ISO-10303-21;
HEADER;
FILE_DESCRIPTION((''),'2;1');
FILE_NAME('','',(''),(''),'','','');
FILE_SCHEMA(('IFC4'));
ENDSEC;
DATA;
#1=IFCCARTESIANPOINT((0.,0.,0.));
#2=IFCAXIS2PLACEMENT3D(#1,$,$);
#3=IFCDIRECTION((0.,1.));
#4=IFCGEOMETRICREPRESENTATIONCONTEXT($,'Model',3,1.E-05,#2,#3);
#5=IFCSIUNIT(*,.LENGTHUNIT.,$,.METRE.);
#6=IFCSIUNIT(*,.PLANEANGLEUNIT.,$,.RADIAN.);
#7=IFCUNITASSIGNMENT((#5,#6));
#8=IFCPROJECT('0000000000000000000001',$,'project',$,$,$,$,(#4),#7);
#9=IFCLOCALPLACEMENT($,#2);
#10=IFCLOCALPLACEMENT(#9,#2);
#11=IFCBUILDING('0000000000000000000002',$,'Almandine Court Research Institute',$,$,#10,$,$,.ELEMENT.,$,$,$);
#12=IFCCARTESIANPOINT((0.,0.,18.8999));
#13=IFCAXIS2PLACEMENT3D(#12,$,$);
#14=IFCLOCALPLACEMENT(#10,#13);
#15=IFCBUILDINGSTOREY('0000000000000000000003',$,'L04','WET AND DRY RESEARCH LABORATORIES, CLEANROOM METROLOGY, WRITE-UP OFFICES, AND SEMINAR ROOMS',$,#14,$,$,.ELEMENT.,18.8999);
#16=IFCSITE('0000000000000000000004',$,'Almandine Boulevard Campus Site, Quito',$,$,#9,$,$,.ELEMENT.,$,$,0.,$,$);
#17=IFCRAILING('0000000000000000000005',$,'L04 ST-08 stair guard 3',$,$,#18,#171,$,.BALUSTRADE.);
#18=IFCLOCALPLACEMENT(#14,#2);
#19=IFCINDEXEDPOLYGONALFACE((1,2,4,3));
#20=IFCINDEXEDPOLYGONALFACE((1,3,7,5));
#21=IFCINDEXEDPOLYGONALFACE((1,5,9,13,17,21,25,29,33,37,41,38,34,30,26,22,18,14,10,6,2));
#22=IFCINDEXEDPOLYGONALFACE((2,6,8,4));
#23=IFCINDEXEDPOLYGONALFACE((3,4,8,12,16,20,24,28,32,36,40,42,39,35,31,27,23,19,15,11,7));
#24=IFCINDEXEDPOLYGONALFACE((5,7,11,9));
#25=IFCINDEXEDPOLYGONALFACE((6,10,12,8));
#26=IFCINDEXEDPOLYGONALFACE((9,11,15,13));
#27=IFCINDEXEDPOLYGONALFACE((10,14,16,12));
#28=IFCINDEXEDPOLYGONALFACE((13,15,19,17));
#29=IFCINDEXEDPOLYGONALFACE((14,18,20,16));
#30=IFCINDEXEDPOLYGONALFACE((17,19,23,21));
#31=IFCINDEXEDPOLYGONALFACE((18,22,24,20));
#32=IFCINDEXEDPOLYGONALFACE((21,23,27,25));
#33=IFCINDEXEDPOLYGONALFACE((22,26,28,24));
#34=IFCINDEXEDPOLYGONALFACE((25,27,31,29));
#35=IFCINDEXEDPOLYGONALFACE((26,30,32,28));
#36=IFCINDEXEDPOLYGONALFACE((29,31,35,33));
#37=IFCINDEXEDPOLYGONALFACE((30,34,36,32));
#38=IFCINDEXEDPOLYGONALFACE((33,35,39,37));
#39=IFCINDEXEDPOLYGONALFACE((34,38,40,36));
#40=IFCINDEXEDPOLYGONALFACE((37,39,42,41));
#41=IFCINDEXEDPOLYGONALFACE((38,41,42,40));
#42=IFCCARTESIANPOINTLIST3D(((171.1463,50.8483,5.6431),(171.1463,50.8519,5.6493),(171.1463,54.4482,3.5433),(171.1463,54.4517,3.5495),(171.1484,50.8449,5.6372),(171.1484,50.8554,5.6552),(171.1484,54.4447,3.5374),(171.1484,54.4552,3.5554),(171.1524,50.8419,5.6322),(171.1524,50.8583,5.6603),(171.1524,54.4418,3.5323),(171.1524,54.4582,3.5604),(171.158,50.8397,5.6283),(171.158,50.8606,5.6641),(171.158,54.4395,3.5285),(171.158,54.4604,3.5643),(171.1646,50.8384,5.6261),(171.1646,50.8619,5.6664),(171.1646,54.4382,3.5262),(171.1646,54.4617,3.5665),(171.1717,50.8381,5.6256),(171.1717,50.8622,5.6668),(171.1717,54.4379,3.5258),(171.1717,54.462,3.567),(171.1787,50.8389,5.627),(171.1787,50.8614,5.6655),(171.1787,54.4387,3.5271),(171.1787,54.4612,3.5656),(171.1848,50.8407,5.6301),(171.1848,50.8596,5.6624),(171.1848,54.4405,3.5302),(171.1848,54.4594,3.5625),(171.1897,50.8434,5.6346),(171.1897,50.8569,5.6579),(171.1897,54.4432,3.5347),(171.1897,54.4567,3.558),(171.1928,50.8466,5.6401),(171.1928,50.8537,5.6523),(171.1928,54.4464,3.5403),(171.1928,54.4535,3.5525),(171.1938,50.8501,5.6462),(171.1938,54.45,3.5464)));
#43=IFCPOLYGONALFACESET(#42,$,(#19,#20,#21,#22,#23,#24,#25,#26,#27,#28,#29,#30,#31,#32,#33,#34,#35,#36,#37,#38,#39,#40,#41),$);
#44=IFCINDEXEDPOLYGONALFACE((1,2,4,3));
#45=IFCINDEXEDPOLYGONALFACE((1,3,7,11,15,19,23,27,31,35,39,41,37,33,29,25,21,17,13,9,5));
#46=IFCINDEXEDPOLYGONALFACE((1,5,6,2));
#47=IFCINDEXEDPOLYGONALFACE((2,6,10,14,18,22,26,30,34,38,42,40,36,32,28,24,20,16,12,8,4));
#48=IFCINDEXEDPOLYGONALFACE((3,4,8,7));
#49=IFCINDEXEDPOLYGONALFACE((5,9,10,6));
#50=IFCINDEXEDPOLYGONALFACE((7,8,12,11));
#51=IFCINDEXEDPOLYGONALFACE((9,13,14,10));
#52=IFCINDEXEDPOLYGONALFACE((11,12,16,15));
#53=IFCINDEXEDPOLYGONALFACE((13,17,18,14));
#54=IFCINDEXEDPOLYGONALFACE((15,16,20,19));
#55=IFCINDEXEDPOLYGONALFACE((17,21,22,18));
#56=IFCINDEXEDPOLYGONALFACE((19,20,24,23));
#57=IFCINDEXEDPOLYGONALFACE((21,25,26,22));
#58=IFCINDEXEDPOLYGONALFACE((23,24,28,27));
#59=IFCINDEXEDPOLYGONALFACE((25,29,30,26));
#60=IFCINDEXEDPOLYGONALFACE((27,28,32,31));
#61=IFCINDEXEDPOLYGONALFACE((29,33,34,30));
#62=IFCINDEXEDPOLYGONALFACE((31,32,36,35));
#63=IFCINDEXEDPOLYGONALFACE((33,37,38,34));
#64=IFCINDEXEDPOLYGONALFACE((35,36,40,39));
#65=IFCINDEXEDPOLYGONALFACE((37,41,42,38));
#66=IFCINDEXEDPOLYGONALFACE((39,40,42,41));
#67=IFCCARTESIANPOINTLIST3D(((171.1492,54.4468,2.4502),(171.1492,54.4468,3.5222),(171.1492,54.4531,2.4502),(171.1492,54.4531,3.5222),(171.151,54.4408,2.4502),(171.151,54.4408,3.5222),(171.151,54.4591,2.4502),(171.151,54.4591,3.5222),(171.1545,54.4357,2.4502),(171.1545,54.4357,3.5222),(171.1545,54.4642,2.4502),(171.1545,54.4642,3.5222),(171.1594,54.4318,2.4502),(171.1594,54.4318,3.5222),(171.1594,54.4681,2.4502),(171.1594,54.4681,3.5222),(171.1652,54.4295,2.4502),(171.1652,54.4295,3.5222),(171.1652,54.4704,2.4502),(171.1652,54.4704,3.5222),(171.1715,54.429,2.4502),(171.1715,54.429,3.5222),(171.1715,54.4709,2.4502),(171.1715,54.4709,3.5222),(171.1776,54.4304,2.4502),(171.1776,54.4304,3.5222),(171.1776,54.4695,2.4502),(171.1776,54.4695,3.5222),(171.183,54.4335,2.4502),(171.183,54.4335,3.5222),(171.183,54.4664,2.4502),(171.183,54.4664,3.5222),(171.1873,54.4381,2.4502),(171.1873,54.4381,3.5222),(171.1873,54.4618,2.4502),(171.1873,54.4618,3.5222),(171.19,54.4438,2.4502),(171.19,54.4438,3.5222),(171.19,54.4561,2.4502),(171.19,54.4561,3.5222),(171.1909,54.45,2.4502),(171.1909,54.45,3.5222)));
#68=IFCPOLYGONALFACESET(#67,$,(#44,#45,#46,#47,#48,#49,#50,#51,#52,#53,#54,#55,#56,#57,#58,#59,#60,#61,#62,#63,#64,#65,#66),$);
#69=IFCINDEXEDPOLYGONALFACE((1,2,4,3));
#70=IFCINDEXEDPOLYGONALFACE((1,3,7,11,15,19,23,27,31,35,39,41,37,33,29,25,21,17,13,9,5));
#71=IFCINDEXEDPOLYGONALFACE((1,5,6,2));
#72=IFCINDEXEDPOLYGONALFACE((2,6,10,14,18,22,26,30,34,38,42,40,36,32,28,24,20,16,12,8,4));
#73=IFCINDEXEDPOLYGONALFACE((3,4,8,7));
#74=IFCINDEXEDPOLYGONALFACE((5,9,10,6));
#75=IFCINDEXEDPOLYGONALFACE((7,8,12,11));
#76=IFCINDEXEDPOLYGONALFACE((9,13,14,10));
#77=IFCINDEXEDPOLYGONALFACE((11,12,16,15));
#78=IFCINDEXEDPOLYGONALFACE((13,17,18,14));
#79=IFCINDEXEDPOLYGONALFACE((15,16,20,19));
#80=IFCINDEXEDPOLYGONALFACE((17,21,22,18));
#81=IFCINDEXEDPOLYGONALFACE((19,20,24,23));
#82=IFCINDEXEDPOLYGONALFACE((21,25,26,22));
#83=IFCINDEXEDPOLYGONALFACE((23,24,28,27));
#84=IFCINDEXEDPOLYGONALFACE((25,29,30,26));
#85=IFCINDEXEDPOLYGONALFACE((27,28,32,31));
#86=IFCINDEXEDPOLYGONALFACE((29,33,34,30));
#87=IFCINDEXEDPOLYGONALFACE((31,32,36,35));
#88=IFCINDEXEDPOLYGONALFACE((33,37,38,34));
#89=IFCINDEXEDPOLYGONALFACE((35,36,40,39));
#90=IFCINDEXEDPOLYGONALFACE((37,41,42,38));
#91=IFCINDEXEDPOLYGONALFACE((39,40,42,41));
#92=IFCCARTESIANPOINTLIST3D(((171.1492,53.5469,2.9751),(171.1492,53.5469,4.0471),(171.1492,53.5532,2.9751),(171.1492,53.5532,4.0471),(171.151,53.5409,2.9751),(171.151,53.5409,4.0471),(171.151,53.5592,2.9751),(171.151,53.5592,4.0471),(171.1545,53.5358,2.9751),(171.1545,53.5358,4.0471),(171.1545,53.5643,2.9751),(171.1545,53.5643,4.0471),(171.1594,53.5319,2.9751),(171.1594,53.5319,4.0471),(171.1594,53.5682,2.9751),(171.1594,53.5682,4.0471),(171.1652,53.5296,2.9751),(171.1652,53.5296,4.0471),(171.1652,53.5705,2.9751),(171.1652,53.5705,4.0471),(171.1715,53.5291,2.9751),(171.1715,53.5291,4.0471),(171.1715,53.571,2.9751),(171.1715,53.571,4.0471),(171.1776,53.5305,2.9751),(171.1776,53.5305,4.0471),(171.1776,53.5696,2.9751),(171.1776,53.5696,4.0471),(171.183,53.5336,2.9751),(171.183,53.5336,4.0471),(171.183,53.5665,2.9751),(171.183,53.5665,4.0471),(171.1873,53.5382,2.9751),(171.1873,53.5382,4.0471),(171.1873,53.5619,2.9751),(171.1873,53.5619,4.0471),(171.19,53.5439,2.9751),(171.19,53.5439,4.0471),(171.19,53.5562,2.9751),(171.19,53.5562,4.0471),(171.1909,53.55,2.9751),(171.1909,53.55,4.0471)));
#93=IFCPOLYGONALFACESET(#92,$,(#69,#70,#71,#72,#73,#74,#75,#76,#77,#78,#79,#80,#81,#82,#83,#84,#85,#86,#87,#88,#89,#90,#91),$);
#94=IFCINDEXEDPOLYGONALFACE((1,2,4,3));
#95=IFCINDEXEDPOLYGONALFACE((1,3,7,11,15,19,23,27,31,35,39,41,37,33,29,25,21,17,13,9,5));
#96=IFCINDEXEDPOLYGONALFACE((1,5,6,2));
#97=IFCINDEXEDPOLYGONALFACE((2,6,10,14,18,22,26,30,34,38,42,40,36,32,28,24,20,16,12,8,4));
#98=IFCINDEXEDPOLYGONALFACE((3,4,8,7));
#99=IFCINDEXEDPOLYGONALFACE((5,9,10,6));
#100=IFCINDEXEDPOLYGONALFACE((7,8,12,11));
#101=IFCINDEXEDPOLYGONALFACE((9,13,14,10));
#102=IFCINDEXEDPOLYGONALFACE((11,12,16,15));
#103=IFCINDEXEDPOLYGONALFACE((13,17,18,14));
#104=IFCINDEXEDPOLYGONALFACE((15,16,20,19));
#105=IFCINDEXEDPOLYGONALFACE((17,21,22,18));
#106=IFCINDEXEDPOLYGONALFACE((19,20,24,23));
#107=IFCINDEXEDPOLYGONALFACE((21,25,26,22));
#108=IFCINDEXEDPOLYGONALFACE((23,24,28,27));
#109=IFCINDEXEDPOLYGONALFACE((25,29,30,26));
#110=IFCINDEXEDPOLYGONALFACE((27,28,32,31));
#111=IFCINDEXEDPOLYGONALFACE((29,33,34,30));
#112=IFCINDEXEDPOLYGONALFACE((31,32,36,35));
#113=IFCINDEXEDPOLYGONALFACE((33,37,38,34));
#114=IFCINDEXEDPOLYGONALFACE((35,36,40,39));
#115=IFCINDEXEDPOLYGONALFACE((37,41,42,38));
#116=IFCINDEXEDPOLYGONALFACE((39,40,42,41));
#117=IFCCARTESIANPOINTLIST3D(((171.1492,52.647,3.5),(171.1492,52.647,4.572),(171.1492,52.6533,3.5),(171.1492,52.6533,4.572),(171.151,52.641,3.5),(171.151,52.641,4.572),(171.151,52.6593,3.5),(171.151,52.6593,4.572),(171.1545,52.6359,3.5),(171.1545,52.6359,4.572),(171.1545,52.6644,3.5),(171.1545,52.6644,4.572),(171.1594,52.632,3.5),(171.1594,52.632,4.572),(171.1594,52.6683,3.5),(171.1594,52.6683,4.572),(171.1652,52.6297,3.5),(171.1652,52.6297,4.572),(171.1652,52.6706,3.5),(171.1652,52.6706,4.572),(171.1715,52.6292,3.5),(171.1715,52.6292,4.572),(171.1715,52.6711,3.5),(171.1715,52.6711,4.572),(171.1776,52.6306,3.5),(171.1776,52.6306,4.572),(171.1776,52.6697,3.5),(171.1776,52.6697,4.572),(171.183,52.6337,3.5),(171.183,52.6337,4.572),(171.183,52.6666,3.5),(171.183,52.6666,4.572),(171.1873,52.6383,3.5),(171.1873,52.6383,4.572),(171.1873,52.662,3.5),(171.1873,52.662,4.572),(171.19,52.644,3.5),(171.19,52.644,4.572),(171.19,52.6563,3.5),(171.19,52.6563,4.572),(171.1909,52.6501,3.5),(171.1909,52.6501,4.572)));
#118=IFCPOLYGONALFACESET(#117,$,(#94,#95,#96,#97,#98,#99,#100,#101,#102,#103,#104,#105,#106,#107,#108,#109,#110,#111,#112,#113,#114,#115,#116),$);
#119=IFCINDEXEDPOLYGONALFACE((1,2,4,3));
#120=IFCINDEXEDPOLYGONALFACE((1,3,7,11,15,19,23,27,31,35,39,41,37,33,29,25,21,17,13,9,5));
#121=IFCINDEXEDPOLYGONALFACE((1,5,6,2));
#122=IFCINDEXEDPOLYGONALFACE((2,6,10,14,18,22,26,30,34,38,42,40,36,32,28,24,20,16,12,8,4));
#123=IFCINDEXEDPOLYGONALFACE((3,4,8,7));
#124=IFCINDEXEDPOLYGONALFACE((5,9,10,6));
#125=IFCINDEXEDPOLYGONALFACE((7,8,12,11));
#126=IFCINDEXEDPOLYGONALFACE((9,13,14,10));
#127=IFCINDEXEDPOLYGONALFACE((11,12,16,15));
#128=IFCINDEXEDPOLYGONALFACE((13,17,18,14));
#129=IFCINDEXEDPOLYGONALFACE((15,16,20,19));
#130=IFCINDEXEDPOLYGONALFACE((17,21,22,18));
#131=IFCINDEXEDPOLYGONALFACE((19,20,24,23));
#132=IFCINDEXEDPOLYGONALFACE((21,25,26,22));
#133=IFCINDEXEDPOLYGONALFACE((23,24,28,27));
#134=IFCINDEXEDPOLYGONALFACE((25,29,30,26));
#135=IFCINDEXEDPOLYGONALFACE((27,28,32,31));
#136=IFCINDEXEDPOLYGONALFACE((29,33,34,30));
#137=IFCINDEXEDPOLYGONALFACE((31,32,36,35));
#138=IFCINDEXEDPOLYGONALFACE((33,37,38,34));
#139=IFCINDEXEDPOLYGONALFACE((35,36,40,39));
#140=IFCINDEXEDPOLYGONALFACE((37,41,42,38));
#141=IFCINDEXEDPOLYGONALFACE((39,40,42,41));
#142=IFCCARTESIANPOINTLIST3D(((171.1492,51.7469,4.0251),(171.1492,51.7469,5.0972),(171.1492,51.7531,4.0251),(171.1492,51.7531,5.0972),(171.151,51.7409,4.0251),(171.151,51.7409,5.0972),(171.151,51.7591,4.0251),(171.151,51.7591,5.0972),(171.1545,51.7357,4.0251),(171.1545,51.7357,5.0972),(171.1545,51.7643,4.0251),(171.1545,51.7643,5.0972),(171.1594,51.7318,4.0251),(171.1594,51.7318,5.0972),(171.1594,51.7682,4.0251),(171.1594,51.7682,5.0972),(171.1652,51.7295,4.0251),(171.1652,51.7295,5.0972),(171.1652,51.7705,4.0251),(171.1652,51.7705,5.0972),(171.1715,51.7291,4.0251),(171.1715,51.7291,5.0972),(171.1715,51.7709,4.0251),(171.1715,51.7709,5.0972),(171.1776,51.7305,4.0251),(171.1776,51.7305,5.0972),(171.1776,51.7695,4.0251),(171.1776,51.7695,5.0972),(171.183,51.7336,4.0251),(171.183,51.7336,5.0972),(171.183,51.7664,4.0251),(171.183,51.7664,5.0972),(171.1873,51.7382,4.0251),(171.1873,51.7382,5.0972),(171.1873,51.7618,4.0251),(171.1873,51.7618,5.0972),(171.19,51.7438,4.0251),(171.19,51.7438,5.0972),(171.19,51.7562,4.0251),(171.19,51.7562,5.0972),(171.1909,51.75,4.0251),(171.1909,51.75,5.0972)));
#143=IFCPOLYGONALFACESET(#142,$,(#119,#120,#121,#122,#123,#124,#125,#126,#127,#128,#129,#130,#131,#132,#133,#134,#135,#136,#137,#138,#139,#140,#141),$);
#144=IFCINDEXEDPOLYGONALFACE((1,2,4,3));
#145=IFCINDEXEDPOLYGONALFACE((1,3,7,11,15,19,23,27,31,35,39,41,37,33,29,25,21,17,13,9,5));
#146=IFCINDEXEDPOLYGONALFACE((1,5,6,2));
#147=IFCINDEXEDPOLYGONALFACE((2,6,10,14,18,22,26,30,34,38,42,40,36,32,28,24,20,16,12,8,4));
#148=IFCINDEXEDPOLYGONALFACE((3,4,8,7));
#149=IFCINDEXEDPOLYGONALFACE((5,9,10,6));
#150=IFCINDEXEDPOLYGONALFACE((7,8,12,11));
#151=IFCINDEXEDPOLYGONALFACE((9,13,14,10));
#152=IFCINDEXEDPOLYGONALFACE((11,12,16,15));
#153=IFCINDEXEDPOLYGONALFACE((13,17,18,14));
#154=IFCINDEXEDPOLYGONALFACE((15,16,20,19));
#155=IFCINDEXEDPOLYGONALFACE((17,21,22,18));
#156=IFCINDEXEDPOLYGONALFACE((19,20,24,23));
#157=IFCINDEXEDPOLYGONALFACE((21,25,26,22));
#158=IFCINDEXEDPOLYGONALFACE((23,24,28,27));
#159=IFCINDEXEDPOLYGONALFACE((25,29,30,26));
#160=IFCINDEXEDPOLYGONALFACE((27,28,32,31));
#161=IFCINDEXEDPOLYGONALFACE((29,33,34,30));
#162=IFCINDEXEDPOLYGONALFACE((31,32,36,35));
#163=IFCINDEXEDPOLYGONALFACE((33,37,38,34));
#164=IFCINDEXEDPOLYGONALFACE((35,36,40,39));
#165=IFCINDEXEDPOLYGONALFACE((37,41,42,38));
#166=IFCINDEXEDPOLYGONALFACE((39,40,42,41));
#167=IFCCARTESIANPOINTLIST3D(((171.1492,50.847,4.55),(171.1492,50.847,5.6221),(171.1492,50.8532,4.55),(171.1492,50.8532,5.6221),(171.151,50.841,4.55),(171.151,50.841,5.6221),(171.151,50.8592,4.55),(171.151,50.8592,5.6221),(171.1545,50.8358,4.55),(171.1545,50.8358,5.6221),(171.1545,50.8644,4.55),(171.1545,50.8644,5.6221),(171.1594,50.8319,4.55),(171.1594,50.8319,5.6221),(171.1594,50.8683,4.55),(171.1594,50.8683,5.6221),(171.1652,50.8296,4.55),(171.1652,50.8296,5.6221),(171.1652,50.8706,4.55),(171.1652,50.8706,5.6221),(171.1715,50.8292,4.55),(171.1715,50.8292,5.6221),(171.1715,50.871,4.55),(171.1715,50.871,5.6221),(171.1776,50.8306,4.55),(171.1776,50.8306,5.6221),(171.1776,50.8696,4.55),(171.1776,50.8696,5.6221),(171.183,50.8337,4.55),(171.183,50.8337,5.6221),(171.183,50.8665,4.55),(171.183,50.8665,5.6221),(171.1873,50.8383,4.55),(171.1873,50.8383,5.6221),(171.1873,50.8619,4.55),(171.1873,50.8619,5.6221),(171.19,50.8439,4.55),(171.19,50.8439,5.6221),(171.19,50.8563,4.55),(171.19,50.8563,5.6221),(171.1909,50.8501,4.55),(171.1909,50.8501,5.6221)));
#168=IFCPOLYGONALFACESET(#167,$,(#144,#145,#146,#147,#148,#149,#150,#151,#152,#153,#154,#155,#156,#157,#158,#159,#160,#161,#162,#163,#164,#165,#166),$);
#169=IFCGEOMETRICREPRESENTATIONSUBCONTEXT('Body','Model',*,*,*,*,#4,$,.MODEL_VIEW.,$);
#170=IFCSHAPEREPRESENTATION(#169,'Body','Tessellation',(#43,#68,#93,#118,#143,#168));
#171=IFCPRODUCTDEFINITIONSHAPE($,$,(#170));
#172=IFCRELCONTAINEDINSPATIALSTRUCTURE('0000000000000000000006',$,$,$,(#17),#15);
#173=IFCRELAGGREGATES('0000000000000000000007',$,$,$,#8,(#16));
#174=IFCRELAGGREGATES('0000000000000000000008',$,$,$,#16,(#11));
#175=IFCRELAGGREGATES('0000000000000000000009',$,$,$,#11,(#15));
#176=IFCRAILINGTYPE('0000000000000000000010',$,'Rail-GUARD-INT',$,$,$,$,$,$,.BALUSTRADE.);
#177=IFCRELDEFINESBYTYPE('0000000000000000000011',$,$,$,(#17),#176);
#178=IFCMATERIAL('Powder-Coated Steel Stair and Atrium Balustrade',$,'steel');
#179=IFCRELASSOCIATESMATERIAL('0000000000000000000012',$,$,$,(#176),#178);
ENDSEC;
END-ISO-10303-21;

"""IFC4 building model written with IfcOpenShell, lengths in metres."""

from ifc_helpers import new_model, si_unit, direction, frame, origin, origin_2d, place, context, subcontext, project, spatial, circle, extrude, material, type_object, element, save


model = new_model("IFC4")

# Units and contexts
model_context = context("Model", 3, precision=1e-05, world=origin(), true_north=direction((0.0, 1.0)))
body_context = subcontext(model_context, "Body", "Model", "MODEL_VIEW")
ifc_project = project(units=[si_unit("LENGTHUNIT", "METRE"), si_unit("PLANEANGLEUNIT", "RADIAN")], contexts=[model_context])

# Site, building, storey
site_placement = place(None, origin())
site = spatial("IfcSite", under=ifc_project, at=site_placement, Name="Almandine Boulevard Campus Site, Quito", CompositionType="ELEMENT", RefElevation=0.0)
building_placement = place(site_placement, origin())
building = spatial("IfcBuilding", under=site, at=building_placement, Name="Almandine Court Research Institute", CompositionType="ELEMENT")
storey_placement = place(building_placement, frame((0.0, 0.0, 18.8999)))
storey = spatial("IfcBuildingStorey", under=building, at=storey_placement, Name="L04", Description="WET AND DRY RESEARCH LABORATORIES, CLEANROOM METROLOGY, WRITE-UP OFFICES, AND SEMINAR ROOMS", CompositionType="ELEMENT", Elevation=18.8999)

# Railing
ifc_material_1 = material(Name="Powder-Coated Steel Stair and Atrium Balustrade", Category="steel")
railing_type_1 = type_object("IfcRailingType", Name="Rail-GUARD-INT", PredefinedType="BALUSTRADE", material=ifc_material_1)
railing_1_placement = place(storey_placement, frame((171.1699, 54.45, 2.4502)))
element("IfcRailing", 1, at=railing_1_placement, inside=storey, type_object=railing_type_1, Name="L04 ST-08 stair guard 3", PredefinedType="BALUSTRADE", context=body_context, shape_type="SweptSolid", body=[
    extrude(circle(Radius=0.0239, at=origin_2d()), frame((0.0, 0.0, 1.0962), z_axis=(0.0, -0.863785, 0.50386), x_axis=(1.0, 0.0, 0.0)), (0.0, 0.0, 1.0), 4.1675),
    extrude(circle(Radius=0.021, at=origin_2d()), origin(), (0.0, 0.0, 1.0), 1.072),
    extrude(circle(Radius=0.021, at=origin_2d()), frame((0.0, -0.8999, 0.5249)), (0.0, 0.0, 1.0), 1.072),
    extrude(circle(Radius=0.021, at=origin_2d()), frame((0.0, -1.7998, 1.0498)), (0.0, 0.0, 1.0), 1.072),
    extrude(circle(Radius=0.021, at=origin_2d()), frame((0.0, -2.7, 1.575)), (0.0, 0.0, 1.0), 1.072),
    extrude(circle(Radius=0.021, at=origin_2d()), frame((0.0, -3.5999, 2.0999)), (0.0, 0.0, 1.0), 1.072),
])

save(model, "model.ifc")
